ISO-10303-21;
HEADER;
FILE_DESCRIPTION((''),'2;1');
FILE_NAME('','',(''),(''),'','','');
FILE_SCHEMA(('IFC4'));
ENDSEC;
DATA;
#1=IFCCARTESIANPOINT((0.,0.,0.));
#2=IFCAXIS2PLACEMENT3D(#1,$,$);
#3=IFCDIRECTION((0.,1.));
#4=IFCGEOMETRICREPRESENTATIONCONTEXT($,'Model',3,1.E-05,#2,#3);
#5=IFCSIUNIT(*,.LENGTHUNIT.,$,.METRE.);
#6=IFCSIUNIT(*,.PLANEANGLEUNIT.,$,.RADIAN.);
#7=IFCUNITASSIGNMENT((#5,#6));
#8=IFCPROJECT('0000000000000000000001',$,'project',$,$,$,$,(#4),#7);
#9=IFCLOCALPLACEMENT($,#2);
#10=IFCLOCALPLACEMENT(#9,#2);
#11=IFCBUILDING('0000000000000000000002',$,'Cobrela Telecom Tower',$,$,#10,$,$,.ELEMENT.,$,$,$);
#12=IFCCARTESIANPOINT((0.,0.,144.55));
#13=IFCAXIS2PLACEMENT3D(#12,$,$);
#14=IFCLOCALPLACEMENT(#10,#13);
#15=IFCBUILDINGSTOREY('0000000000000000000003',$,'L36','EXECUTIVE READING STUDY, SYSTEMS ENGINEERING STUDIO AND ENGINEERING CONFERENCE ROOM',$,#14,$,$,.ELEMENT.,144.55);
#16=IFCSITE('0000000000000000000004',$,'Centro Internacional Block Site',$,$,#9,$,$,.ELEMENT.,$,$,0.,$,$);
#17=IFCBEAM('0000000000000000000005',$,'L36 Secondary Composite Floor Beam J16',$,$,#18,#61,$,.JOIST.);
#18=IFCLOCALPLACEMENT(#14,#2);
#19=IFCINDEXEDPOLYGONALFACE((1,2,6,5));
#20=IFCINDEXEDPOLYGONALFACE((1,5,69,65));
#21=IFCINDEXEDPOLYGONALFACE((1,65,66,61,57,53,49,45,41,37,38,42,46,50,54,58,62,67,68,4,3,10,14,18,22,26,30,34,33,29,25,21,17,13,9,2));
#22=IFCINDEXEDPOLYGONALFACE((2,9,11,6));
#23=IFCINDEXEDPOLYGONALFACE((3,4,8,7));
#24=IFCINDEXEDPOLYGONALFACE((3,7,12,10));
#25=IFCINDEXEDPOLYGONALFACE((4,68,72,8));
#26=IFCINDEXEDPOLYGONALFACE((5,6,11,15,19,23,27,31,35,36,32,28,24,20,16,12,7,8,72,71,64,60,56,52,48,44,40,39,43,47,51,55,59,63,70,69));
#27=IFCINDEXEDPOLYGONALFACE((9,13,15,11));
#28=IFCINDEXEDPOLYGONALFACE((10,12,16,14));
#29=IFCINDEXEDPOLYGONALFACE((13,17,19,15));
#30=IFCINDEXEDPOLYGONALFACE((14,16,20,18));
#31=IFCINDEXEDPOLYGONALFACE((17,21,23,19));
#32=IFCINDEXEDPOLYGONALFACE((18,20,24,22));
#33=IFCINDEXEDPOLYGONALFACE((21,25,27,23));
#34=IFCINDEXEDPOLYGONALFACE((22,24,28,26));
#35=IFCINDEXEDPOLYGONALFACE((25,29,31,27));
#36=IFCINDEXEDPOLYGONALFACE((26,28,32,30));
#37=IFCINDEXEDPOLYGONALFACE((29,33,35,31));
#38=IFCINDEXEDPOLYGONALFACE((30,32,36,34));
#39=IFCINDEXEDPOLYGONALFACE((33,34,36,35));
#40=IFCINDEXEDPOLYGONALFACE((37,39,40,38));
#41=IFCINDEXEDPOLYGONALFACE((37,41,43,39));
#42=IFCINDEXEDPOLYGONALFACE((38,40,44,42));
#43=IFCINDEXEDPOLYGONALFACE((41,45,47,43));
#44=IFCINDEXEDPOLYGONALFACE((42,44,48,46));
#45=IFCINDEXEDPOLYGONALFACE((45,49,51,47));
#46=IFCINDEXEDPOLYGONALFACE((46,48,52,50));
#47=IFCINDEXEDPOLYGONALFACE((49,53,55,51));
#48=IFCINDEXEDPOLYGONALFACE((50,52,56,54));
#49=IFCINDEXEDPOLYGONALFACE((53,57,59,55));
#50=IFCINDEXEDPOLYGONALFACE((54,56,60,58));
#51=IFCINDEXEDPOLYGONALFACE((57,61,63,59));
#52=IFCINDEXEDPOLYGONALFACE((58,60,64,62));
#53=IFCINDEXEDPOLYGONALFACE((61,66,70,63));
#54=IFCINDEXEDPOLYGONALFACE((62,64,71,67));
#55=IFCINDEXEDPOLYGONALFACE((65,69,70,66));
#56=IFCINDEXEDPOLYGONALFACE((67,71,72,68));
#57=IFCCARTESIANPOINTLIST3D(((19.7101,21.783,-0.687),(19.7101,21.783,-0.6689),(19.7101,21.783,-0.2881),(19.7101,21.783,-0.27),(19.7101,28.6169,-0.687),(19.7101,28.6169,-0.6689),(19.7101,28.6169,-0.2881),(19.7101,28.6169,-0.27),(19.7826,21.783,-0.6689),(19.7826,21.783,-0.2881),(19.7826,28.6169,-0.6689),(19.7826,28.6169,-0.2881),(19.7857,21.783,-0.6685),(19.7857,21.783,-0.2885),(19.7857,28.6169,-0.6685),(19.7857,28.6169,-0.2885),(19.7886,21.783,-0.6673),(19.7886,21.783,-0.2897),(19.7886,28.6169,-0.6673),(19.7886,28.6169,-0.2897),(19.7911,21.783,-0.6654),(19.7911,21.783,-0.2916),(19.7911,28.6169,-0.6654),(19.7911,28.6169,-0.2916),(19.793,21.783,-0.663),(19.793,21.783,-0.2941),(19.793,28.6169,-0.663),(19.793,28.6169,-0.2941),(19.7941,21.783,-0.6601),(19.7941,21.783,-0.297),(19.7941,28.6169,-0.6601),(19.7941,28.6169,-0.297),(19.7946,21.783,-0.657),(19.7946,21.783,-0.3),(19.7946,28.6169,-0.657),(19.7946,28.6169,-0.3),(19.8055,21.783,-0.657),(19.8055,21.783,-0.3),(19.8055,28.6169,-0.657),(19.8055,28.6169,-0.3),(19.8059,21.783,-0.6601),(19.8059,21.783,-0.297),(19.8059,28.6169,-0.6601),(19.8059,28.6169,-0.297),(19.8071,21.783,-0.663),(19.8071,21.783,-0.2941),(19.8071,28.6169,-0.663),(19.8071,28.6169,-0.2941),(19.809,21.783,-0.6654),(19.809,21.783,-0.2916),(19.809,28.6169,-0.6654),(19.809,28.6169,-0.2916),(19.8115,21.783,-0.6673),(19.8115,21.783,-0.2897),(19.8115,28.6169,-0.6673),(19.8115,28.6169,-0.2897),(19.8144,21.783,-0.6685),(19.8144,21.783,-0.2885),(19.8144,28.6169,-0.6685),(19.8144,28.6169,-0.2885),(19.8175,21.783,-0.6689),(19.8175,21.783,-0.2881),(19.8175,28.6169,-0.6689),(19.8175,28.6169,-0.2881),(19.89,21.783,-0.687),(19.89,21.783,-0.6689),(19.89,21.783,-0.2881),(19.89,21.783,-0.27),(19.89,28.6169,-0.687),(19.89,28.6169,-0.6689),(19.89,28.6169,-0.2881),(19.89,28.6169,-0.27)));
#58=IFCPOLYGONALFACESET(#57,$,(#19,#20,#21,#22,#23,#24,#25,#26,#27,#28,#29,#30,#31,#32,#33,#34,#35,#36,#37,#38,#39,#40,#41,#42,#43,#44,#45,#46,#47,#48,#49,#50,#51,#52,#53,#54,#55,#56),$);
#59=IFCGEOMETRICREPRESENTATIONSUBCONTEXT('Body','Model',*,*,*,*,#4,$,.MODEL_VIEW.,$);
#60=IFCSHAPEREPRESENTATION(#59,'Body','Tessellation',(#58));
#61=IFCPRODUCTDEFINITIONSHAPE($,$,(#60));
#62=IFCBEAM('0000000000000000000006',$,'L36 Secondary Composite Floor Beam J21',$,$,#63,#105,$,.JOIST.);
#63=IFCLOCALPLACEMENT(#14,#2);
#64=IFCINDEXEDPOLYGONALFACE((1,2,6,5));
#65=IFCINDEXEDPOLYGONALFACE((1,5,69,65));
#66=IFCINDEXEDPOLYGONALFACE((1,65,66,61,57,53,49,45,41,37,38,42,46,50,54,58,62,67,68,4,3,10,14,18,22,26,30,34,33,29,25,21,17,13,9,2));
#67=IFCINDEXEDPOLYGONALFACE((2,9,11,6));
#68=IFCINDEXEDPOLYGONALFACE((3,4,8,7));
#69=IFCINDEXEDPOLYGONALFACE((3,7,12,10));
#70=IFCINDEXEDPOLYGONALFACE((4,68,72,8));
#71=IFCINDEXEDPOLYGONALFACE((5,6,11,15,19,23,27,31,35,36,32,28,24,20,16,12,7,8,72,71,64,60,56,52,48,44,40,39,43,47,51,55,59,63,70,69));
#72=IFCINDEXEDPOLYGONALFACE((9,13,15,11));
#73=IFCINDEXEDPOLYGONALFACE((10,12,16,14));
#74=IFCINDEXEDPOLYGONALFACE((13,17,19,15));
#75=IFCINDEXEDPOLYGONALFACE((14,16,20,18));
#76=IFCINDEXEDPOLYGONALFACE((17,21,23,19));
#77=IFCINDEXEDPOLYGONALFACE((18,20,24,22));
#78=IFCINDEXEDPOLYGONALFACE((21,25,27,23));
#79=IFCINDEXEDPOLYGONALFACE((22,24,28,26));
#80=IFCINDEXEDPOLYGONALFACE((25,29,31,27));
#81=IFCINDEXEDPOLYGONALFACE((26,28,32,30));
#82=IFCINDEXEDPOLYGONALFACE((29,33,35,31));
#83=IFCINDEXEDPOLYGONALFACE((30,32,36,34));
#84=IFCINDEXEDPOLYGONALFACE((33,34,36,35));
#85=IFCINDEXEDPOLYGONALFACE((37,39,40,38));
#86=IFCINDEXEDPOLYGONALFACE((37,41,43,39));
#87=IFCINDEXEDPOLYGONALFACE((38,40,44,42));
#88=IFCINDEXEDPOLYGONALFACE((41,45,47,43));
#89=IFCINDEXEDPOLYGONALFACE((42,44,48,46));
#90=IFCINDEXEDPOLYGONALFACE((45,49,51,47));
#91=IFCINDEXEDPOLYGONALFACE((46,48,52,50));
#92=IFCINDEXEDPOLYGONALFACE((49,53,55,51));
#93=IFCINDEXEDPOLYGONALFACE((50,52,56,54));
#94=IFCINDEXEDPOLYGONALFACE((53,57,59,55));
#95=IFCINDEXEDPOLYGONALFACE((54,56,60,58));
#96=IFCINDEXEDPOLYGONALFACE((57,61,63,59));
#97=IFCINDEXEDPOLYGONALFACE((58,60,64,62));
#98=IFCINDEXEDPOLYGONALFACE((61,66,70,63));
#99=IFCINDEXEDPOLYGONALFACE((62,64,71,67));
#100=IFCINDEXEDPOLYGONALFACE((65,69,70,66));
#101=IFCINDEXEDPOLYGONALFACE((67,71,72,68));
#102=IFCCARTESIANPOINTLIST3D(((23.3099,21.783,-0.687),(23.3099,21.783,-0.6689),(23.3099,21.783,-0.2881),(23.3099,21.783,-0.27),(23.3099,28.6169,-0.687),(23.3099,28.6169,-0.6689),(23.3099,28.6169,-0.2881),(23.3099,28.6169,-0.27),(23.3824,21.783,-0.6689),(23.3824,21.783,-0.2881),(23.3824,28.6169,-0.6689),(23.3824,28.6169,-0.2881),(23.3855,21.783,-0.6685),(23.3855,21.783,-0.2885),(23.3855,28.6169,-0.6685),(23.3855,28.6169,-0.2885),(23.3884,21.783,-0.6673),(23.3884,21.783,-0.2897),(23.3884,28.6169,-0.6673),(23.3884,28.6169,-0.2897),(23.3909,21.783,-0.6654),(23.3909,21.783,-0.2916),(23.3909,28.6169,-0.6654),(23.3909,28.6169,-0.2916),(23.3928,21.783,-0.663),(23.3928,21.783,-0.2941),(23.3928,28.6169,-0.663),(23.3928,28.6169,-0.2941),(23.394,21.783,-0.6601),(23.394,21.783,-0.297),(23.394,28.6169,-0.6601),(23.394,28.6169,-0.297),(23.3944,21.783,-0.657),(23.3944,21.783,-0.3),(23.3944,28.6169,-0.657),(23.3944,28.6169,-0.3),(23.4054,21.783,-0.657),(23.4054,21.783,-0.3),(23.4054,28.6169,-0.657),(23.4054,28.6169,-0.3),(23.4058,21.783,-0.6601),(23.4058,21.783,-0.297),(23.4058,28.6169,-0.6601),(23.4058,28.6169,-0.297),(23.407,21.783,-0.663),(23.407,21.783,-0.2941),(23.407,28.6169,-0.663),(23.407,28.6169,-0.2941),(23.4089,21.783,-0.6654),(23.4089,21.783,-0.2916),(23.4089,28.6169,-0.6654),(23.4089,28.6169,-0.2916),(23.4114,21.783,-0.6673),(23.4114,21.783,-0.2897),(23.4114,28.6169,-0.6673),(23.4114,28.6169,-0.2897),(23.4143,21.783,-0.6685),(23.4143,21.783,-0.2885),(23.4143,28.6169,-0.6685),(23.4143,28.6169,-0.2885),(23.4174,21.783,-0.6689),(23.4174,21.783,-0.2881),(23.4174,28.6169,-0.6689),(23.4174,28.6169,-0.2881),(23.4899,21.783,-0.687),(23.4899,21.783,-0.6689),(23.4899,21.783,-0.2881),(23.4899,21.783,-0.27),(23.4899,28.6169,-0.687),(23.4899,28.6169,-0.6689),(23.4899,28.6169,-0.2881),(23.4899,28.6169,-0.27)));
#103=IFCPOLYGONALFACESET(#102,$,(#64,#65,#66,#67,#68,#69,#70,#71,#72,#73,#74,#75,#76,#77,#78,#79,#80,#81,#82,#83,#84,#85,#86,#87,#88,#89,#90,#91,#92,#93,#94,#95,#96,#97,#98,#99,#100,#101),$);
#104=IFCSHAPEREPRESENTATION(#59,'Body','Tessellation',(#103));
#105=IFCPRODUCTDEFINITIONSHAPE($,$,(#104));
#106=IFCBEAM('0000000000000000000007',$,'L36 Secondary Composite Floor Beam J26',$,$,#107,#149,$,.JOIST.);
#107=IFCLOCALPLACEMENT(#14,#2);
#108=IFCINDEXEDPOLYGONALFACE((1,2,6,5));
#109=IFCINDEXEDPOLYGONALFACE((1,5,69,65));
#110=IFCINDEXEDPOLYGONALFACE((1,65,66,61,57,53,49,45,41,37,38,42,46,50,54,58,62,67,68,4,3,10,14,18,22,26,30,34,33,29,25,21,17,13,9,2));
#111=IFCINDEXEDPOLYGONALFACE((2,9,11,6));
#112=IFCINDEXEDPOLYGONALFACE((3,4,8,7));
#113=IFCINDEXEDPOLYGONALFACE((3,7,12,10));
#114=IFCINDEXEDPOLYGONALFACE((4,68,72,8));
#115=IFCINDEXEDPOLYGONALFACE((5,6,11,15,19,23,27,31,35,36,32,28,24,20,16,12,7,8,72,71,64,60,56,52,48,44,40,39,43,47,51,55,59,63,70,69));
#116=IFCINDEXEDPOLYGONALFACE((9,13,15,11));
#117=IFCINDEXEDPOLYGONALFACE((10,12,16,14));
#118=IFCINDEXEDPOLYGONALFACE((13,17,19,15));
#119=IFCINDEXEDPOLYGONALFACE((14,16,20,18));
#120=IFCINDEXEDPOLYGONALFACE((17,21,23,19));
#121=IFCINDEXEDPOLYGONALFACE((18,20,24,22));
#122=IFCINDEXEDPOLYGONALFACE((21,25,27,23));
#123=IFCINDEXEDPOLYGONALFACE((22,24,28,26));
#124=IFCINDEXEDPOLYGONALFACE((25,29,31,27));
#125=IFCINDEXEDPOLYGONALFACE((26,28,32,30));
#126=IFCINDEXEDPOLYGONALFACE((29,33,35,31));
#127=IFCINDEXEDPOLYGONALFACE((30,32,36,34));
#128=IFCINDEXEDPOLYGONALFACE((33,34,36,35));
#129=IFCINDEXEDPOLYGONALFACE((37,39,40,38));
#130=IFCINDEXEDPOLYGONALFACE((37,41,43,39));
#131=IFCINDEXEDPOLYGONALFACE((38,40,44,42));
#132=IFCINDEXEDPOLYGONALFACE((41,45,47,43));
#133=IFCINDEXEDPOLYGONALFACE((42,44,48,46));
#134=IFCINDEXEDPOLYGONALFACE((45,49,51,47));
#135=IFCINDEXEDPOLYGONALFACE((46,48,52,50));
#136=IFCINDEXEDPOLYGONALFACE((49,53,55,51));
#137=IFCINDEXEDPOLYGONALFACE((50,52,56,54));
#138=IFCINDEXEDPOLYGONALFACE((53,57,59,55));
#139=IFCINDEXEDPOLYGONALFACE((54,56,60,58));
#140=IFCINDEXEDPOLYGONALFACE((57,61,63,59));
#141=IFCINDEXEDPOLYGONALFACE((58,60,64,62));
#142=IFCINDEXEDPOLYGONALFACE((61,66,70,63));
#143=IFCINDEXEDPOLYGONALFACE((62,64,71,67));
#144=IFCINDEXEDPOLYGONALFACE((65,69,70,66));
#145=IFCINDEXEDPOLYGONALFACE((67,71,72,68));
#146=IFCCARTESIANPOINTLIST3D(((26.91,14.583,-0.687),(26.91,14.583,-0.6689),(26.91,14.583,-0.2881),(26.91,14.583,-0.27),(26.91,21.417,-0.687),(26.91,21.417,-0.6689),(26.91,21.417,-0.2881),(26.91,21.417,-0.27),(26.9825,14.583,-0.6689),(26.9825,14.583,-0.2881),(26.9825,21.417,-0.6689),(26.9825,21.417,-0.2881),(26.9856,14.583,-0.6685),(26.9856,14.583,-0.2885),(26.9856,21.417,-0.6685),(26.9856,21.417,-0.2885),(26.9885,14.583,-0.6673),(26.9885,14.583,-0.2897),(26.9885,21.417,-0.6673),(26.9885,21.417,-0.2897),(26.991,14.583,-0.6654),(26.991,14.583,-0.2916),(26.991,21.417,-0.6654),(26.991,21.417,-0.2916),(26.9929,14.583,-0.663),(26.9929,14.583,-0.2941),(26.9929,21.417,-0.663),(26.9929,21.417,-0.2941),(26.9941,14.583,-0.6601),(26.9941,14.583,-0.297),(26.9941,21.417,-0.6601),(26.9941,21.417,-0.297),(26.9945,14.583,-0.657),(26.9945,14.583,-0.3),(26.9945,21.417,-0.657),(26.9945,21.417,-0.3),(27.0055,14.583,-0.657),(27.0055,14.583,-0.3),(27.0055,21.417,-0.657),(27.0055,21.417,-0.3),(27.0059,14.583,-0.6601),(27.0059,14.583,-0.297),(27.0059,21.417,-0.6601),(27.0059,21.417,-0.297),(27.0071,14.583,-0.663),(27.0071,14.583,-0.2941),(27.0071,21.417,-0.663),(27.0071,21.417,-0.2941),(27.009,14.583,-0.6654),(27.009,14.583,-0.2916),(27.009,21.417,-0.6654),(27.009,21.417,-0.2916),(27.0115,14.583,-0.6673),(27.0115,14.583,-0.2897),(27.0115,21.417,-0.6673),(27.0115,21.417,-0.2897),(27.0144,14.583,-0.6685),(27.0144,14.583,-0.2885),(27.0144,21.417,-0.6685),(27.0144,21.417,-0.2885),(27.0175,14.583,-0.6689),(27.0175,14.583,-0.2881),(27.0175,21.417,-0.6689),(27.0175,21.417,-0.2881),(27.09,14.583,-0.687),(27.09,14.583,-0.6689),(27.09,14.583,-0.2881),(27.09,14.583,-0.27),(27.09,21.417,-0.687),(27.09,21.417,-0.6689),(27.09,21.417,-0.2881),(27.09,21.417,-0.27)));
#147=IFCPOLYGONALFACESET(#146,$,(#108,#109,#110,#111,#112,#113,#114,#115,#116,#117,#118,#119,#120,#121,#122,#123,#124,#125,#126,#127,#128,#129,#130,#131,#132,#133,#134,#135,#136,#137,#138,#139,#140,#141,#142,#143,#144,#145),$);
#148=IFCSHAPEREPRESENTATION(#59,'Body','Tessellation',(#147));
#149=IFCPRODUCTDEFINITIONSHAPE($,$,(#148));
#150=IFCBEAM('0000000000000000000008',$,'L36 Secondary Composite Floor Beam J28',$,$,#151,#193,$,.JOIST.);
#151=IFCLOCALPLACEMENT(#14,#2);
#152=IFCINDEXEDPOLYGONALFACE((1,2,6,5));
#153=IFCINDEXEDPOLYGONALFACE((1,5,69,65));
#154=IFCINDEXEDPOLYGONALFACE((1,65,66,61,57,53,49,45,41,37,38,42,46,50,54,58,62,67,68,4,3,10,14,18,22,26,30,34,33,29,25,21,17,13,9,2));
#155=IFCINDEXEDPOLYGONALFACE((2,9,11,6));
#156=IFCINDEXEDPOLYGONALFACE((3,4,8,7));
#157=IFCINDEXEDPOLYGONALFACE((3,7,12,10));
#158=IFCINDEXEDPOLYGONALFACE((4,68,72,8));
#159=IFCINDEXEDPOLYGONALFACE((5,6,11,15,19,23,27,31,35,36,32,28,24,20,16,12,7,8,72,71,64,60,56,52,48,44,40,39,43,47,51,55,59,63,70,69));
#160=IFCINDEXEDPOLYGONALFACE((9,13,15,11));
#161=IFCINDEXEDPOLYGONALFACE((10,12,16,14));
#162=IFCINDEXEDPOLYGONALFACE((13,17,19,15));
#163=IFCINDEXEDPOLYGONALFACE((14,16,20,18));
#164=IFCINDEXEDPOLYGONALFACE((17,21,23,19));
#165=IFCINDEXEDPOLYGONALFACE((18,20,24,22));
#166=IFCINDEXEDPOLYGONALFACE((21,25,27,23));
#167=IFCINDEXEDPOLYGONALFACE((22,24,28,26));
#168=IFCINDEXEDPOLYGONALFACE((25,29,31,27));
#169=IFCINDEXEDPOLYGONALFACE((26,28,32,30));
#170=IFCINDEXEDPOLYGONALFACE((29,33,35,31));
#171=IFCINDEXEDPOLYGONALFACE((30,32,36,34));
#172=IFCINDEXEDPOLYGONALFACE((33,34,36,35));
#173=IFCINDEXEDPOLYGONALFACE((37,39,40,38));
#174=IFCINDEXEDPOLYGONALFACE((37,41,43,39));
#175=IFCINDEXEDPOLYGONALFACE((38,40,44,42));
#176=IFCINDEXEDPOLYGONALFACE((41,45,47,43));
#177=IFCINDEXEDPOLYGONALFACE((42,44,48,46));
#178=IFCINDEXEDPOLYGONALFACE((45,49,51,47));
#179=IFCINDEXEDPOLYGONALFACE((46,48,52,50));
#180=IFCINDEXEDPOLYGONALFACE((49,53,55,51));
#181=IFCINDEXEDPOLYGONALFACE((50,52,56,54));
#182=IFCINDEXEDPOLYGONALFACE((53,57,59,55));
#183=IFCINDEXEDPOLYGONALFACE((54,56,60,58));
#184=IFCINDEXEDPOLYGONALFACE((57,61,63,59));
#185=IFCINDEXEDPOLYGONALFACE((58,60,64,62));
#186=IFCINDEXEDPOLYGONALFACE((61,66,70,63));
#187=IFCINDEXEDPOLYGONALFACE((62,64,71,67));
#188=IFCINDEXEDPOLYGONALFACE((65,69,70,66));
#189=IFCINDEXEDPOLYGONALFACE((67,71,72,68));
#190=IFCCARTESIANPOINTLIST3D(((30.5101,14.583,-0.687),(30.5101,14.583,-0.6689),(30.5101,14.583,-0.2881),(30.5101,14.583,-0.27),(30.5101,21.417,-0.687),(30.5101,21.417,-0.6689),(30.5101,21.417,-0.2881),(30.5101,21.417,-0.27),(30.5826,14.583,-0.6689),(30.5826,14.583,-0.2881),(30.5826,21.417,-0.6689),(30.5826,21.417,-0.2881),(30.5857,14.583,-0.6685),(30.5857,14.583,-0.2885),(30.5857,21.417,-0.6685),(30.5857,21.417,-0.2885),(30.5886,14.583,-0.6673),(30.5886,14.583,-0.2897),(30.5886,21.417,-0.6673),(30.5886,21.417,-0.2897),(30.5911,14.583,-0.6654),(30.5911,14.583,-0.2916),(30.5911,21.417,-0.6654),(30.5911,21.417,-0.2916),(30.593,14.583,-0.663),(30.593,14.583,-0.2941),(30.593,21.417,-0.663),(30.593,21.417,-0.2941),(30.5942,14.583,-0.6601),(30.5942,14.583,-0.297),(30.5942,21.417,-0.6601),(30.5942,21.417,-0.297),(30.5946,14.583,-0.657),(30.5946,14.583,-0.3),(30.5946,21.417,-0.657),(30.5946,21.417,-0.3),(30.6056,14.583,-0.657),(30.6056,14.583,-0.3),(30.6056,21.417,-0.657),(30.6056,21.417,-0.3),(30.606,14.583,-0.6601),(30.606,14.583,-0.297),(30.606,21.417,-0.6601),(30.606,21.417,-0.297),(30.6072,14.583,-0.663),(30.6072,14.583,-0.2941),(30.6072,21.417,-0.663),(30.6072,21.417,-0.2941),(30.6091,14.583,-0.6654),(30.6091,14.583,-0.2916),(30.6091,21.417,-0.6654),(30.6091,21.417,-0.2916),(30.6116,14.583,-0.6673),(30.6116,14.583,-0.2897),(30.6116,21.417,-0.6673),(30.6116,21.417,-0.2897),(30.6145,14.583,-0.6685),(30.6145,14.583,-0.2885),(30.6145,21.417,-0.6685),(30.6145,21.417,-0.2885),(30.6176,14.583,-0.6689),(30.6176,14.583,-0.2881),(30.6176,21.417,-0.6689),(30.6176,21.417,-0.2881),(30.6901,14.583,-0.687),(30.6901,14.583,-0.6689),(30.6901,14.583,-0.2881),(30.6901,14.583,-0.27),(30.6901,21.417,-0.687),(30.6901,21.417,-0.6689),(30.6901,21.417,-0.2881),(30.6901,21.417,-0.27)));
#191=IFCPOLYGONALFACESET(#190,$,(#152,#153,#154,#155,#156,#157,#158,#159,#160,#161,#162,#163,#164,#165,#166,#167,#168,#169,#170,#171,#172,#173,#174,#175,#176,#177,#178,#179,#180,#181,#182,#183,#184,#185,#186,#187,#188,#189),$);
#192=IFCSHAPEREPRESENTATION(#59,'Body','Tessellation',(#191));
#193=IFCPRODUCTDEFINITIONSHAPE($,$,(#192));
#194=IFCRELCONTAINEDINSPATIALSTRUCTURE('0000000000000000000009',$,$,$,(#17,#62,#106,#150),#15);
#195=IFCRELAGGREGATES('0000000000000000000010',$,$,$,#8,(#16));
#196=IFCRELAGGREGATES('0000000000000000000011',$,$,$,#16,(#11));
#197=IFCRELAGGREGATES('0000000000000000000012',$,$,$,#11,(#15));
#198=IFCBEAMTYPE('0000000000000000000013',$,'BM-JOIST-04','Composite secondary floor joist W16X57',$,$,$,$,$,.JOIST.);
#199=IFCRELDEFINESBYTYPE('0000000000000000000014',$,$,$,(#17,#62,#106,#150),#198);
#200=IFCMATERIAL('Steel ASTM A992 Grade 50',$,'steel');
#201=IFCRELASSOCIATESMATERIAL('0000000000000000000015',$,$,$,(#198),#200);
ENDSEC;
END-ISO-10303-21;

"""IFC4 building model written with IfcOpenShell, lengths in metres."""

from ifc_helpers import new_model, si_unit, direction, frame, origin, origin_2d, place, context, subcontext, project, spatial, i_section, extrude, material, material_profile, profile_set, type_object, element, save


model = new_model("IFC4")

# Units and contexts
model_context = context("Model", 3, precision=1e-05, world=origin(), true_north=direction((0.0, 1.0)))
body_context = subcontext(model_context, "Body", "Model", "MODEL_VIEW")
ifc_project = project(units=[si_unit("LENGTHUNIT", "METRE"), si_unit("PLANEANGLEUNIT", "RADIAN")], contexts=[model_context])

# Site, building, storey
site_placement = place(None, origin())
site = spatial("IfcSite", under=ifc_project, at=site_placement, Name="Centro Internacional Block Site", CompositionType="ELEMENT", RefElevation=0.0)
building_placement = place(site_placement, origin())
building = spatial("IfcBuilding", under=site, at=building_placement, Name="Cobrela Telecom Tower", CompositionType="ELEMENT")
storey_placement = place(building_placement, frame((0.0, 0.0, 144.55)))
storey = spatial("IfcBuildingStorey", under=building, at=storey_placement, Name="L36", Description="EXECUTIVE READING STUDY, SYSTEMS ENGINEERING STUDIO AND ENGINEERING CONFERENCE ROOM", CompositionType="ELEMENT", Elevation=144.55)

# Shared definitions
ifc_material_1 = material(Name="Steel ASTM A992 Grade 50", Category="steel")

# Beams
ifc_material_profile_1 = material_profile(ifc_material_1, i_section(OverallWidth=0.1799, OverallDepth=0.417, WebThickness=0.011, FlangeThickness=0.0181, FilletRadius=0.012, at=origin_2d()), Name="W16X57")
ifc_profile_set_1 = profile_set([ifc_material_profile_1], Name="Steel ASTM A992 Grade 50")
beam_type_1 = type_object("IfcBeamType", Name="BM-JOIST-04", Description="Composite secondary floor joist W16X57", PredefinedType="JOIST", material=ifc_profile_set_1)
for number, where, z_axis, x_axis, name in (
    (1, (19.8, 21.783, -0.4785), (0.0, 1.0, 0.0), (-1.0, 0.0, 0.0), "L36 Secondary Composite Floor Beam J16"),
    (2, (23.3999, 21.783, -0.4785), (0.0, 1.0, 0.0), (-1.0, 0.0, 0.0), "L36 Secondary Composite Floor Beam J21"),
    (3, (27.0, 14.583, -0.4785), (0.0, 1.0, 0.0), (-1.0, 0.0, 0.0), "L36 Secondary Composite Floor Beam J26"),
    (4, (30.6001, 14.583, -0.4785), (0.0, 1.0, 0.0), (-1.0, 0.0, 0.0), "L36 Secondary Composite Floor Beam J28"),
):
    element("IfcBeam", number, at=place(storey_placement, frame(where, z_axis=z_axis, x_axis=x_axis)), inside=storey, type_object=beam_type_1, Name=name, PredefinedType="JOIST", context=body_context, shape_type="SweptSolid", body=[
        extrude(i_section(OverallWidth=0.1799, OverallDepth=0.417, WebThickness=0.011, FlangeThickness=0.0181, FilletRadius=0.012, at=origin_2d()), origin(), (0.0, 0.0, 1.0), 6.834),
    ])

save(model, "model.ifc")
